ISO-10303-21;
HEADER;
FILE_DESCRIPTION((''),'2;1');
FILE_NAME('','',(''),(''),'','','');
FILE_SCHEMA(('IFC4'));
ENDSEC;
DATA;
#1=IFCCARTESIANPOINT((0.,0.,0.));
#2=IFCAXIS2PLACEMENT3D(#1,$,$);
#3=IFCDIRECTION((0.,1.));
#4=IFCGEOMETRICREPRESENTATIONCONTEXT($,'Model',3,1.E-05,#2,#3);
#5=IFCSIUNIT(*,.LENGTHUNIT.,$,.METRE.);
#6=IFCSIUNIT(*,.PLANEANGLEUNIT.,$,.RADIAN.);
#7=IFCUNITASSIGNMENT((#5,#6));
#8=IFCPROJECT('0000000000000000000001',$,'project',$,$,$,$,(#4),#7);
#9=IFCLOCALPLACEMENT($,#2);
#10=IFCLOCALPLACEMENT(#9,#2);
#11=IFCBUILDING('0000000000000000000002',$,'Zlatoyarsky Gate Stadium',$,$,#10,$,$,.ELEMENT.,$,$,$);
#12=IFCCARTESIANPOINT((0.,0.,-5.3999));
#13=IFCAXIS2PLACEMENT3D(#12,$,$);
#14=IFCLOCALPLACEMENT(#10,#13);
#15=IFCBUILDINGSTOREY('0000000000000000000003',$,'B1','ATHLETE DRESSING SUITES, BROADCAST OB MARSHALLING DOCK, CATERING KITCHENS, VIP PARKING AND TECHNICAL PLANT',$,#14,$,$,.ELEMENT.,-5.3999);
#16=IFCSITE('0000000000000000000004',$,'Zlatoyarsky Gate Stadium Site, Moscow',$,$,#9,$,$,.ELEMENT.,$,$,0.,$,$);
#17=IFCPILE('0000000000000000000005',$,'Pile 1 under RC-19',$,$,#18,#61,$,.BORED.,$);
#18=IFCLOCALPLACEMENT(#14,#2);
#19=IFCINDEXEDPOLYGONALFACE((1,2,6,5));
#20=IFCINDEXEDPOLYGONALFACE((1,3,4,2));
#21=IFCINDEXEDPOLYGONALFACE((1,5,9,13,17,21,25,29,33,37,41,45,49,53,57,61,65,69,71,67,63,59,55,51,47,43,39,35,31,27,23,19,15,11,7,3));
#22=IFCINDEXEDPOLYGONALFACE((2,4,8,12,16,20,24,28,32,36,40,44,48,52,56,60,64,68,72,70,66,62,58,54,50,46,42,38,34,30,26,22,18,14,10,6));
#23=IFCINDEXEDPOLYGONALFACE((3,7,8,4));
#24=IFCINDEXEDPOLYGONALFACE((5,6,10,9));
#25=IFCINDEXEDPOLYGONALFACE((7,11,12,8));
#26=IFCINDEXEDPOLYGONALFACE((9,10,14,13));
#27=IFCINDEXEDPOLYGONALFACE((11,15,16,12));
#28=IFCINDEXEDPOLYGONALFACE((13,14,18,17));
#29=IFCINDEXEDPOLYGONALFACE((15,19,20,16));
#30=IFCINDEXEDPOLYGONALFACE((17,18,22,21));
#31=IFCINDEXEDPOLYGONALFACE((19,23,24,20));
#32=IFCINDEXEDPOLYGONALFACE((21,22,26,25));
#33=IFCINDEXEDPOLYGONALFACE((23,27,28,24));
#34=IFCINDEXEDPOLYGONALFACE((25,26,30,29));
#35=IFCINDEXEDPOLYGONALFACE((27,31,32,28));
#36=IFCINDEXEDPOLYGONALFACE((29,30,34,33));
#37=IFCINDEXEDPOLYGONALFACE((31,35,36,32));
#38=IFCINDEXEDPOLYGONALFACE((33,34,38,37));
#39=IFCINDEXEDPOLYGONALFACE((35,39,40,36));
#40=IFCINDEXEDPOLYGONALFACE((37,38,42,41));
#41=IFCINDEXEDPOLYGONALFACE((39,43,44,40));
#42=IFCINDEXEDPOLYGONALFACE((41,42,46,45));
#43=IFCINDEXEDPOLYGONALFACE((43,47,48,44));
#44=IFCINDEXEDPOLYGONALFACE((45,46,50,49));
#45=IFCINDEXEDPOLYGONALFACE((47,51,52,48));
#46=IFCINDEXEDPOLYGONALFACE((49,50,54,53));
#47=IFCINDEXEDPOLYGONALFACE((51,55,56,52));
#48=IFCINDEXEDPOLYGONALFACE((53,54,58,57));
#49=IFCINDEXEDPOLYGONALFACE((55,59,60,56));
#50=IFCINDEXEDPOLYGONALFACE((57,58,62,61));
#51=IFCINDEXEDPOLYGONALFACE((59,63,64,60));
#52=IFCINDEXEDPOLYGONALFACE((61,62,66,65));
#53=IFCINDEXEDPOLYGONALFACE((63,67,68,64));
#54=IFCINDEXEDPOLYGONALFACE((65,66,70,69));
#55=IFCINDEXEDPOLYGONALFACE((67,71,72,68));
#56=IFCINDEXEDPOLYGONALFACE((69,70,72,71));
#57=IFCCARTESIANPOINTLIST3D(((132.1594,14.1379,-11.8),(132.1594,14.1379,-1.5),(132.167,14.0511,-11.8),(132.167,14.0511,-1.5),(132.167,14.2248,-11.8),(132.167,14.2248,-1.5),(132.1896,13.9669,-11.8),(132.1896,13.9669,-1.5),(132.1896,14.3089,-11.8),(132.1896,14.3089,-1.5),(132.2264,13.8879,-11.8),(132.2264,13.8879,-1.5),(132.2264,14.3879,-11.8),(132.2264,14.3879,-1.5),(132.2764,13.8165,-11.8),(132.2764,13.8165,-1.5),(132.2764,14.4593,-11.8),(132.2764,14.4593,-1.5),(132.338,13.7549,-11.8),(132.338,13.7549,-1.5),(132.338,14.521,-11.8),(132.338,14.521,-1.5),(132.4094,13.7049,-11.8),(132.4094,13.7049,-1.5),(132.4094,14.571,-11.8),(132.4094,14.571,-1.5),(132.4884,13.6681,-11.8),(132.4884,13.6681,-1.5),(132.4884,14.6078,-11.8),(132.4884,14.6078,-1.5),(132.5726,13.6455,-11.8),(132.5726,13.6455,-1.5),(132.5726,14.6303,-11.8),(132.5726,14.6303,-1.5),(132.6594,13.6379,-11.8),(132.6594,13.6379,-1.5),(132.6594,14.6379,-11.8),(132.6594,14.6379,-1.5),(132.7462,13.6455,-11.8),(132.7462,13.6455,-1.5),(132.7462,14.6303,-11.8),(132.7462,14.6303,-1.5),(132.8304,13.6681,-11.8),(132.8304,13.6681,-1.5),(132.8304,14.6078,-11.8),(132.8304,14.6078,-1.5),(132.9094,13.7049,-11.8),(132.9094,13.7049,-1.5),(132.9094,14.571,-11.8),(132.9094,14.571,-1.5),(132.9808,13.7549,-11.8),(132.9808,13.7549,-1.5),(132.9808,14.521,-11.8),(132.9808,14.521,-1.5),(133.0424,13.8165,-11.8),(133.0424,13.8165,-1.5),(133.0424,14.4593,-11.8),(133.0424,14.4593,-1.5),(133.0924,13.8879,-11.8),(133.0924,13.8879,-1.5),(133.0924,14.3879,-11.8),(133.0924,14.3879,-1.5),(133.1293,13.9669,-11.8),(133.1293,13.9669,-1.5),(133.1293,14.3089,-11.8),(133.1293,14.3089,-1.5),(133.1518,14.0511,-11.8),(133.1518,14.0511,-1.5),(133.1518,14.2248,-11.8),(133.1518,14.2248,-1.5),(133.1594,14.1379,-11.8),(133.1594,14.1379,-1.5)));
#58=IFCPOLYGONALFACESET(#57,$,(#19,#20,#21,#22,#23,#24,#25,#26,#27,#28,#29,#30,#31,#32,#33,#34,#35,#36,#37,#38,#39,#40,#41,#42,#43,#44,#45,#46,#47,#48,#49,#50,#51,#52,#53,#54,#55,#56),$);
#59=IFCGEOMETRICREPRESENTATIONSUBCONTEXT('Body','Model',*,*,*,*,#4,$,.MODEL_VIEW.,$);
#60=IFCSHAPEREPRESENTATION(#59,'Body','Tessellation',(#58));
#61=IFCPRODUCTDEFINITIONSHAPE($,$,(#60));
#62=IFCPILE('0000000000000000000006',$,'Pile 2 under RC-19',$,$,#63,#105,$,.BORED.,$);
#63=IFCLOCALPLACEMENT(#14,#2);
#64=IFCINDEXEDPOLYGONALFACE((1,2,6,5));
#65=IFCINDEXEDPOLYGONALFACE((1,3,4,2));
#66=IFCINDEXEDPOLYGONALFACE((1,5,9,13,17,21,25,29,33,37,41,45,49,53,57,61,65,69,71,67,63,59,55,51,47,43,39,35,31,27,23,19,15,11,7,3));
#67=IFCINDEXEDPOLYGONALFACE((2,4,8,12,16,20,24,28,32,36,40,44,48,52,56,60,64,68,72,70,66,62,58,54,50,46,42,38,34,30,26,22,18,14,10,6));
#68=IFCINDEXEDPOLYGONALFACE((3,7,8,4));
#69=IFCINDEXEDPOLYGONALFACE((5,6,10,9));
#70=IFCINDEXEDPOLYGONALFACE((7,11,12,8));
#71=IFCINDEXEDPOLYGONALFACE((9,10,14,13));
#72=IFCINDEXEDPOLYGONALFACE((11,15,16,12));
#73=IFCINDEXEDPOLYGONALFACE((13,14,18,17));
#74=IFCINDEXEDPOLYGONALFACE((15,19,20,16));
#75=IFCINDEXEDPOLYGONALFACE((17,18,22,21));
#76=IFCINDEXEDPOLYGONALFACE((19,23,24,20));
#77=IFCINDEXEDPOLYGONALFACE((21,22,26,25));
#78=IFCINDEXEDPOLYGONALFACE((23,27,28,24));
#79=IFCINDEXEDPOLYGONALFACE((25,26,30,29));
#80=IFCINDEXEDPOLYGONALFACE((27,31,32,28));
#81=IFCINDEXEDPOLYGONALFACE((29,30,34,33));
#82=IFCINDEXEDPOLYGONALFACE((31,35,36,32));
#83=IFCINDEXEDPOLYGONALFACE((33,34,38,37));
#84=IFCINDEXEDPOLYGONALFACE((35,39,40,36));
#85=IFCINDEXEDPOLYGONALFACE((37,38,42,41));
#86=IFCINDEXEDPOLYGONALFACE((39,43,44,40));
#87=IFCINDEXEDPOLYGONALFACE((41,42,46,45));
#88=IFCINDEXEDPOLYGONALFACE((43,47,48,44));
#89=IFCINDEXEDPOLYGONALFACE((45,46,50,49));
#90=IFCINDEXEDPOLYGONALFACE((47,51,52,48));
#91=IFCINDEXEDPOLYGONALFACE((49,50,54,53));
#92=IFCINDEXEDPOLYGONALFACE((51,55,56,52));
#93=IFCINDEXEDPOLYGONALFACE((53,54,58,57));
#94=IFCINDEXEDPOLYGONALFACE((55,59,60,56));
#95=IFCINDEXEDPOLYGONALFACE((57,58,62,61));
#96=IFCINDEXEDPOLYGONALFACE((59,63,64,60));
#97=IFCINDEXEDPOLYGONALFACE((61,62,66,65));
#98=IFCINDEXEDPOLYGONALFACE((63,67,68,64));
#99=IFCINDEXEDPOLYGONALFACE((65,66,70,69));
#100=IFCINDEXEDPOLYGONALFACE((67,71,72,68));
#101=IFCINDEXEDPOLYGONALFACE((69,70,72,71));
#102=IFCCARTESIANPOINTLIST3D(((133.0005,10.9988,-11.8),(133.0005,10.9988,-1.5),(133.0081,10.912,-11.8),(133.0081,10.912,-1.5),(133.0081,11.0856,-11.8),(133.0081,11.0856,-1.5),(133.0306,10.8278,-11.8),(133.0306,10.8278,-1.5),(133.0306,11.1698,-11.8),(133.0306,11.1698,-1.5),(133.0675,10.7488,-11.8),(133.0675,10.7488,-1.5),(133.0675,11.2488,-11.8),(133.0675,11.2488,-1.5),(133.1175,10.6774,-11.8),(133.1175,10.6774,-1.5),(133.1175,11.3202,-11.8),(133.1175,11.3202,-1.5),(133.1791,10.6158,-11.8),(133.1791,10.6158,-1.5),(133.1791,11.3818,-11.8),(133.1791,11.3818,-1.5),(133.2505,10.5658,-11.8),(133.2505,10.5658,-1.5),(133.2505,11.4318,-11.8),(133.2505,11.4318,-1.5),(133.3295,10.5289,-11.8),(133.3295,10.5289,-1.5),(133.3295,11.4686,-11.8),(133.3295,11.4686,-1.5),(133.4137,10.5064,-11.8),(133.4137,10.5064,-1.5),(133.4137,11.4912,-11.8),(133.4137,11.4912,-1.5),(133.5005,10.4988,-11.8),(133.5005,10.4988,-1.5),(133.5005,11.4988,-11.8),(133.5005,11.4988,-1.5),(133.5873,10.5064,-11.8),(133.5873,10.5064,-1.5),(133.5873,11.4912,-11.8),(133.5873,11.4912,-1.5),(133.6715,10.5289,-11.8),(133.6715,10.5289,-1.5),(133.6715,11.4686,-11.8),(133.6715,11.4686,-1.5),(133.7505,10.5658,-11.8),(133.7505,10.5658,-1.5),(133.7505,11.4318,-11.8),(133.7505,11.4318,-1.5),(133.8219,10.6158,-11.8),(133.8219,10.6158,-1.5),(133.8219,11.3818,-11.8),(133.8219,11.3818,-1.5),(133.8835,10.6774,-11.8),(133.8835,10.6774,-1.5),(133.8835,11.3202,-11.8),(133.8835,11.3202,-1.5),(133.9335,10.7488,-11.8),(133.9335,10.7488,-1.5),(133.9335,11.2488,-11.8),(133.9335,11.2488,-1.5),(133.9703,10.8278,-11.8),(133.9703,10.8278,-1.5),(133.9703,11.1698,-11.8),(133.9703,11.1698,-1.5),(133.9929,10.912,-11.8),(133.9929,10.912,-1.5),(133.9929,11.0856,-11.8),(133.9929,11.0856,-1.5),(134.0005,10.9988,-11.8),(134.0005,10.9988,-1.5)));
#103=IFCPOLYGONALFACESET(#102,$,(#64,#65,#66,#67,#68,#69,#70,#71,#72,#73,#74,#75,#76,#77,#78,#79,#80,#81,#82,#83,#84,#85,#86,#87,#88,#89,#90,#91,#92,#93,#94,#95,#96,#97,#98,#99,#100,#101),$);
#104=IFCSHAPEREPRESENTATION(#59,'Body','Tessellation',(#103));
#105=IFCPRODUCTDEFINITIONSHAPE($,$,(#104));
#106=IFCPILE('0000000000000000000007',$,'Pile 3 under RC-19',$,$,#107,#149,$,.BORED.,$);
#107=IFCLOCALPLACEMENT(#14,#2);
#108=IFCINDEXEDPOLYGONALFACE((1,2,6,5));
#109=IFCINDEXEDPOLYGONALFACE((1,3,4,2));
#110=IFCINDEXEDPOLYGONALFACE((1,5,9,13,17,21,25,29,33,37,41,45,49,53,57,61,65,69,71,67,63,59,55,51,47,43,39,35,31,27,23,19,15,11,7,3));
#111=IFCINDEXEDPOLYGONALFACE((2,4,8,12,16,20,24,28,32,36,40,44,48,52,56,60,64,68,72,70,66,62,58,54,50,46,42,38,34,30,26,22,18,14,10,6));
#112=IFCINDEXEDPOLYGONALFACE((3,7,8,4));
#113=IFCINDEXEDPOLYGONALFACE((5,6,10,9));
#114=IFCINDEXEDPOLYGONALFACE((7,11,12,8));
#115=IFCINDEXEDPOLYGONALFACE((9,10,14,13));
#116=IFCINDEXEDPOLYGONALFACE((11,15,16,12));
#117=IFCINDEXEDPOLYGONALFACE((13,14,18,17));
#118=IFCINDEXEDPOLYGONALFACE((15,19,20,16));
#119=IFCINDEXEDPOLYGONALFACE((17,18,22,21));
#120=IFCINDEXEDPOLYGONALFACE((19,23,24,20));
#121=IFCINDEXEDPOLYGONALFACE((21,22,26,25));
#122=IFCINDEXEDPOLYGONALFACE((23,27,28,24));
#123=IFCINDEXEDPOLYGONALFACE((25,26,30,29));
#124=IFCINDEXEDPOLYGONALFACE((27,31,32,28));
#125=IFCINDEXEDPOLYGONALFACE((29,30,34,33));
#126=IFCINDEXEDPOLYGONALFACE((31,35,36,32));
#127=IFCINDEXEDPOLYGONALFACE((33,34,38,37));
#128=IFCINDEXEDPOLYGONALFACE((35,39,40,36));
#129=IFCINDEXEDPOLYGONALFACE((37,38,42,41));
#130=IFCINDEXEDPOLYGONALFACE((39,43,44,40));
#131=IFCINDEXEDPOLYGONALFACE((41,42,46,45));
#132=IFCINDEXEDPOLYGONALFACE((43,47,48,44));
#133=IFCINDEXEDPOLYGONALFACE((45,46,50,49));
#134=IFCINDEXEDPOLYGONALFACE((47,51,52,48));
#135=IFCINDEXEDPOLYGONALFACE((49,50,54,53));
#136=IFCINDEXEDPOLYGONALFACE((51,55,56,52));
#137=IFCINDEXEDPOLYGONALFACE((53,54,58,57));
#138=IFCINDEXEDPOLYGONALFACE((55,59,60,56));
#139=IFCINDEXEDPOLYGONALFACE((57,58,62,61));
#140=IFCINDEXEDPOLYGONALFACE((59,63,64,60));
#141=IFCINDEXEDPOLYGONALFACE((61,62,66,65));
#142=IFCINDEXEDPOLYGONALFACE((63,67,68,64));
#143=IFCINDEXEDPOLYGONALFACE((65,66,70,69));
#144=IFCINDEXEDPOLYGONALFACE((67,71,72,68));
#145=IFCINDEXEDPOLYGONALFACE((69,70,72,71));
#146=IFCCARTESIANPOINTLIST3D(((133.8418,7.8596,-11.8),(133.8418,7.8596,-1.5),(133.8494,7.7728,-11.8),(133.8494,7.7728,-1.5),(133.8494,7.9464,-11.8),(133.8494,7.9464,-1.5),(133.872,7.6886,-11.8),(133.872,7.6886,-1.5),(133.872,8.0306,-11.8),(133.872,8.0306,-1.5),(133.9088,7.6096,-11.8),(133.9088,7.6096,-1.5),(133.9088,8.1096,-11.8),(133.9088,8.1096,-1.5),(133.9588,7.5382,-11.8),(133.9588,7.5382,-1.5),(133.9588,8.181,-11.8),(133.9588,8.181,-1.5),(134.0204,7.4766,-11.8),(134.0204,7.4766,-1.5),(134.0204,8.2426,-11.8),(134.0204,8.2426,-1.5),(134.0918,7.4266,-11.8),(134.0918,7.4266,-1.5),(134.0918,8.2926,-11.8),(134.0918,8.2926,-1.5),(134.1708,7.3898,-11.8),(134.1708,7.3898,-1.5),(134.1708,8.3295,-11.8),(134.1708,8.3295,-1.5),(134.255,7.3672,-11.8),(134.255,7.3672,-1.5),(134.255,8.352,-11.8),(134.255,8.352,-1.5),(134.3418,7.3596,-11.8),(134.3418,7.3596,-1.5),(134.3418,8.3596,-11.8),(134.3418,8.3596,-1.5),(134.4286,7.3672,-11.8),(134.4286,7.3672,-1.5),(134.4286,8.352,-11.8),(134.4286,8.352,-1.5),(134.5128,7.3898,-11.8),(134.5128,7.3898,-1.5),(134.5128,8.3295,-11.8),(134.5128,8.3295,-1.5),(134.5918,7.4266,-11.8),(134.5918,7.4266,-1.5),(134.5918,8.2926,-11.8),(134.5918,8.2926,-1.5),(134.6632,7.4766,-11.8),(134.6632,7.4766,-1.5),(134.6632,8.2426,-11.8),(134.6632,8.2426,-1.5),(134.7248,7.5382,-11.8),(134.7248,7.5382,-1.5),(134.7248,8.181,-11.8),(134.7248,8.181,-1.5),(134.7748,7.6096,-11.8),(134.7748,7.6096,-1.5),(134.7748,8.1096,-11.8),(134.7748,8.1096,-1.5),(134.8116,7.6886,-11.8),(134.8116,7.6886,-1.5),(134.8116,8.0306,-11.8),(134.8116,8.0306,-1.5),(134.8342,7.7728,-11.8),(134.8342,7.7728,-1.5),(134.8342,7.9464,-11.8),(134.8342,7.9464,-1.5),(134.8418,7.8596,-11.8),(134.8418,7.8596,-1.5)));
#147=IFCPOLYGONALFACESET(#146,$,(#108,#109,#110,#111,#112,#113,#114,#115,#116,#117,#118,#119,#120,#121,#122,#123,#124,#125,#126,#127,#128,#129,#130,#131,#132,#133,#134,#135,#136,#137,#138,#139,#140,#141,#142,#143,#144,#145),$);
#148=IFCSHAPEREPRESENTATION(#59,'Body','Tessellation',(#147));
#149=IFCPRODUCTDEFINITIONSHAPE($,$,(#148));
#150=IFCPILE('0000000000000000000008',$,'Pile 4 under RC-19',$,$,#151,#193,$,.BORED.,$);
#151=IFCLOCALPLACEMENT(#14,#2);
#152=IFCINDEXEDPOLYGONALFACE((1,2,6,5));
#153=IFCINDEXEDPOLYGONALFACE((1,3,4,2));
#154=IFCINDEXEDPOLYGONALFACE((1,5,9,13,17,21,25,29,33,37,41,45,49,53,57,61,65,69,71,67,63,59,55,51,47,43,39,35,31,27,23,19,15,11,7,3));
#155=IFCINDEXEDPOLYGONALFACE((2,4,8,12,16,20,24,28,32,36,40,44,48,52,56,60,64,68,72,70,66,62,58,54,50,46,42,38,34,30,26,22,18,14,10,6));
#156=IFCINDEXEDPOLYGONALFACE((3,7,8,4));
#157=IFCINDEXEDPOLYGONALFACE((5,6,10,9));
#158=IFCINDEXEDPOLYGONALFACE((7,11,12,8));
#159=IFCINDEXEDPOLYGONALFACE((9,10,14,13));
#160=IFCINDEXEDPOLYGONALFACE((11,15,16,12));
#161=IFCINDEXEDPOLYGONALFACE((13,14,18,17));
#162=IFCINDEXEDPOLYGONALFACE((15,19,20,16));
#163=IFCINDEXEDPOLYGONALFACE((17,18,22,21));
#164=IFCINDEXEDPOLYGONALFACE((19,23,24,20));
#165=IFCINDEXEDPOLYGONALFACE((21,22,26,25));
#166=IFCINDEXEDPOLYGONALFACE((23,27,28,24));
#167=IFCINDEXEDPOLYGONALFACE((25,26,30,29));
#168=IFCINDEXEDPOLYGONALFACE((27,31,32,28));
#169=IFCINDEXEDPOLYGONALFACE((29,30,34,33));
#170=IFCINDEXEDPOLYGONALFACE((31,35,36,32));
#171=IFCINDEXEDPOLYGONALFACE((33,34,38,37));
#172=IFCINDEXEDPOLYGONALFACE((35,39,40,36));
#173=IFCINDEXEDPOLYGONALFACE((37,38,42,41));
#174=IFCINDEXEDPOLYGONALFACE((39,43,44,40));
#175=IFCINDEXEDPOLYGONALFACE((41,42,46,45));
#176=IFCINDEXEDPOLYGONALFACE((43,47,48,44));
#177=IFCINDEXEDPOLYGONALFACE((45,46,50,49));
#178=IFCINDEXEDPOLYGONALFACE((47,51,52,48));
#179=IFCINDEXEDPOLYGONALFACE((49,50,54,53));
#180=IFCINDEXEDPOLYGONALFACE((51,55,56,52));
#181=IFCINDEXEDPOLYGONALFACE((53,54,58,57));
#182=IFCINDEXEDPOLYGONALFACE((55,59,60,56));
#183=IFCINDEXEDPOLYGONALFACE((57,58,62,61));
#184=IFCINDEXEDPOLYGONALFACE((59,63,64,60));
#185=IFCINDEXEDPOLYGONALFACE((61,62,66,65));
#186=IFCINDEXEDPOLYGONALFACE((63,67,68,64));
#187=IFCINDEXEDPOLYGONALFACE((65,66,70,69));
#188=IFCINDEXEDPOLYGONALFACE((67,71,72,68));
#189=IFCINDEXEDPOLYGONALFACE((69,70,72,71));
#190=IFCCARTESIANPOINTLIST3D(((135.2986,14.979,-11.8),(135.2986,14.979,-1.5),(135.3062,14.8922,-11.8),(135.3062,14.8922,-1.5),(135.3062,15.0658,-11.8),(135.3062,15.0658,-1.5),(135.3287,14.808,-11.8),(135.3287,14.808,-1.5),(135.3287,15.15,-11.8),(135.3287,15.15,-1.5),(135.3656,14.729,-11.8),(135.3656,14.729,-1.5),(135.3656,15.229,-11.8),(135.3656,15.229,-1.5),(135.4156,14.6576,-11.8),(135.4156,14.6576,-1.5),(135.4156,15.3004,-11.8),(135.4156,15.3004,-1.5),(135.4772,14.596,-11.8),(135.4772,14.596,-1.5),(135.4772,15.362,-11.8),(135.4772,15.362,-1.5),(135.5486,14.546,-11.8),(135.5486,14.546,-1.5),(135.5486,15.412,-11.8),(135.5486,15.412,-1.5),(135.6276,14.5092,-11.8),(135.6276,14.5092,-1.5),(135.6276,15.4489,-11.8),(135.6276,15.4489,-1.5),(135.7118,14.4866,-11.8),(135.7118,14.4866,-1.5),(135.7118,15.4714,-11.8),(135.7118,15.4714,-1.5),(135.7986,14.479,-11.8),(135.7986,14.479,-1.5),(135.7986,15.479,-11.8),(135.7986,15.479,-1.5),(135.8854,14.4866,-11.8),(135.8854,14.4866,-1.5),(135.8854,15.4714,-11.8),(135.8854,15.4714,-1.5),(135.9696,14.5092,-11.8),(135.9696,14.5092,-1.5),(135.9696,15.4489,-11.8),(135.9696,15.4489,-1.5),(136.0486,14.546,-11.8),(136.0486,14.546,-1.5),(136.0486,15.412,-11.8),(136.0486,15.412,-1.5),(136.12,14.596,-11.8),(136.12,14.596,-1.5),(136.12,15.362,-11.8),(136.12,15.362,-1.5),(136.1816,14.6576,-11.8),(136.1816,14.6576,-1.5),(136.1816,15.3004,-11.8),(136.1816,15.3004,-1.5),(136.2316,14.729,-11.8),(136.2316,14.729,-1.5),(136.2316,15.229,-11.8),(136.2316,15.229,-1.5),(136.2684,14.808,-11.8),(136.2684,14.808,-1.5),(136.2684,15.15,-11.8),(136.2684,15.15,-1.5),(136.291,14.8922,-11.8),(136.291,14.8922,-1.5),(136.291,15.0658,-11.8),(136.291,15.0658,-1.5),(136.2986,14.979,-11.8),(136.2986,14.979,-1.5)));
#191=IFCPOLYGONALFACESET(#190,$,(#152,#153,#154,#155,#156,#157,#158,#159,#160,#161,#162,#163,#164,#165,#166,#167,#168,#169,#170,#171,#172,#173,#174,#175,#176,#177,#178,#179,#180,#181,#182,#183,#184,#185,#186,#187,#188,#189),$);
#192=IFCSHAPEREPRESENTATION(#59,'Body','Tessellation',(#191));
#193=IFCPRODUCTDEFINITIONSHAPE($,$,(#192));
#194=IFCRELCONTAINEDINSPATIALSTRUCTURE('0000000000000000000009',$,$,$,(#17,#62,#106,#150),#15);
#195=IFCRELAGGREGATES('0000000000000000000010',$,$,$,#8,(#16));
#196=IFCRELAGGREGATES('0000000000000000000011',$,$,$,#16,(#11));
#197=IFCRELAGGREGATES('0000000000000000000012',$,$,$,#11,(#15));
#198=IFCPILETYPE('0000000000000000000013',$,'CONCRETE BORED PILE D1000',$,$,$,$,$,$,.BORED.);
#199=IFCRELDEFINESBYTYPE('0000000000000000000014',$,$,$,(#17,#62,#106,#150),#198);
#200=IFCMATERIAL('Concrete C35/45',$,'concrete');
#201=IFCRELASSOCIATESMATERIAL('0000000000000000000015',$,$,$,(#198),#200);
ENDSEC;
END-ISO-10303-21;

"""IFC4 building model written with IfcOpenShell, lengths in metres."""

from ifc_helpers import new_model, si_unit, direction, frame, origin, origin_2d, place, context, subcontext, project, spatial, circle, extrude, material, material_profile, profile_set, type_object, element, save


model = new_model("IFC4")

# Units and contexts
model_context = context("Model", 3, precision=1e-05, world=origin(), true_north=direction((0.0, 1.0)))
body_context = subcontext(model_context, "Body", "Model", "MODEL_VIEW")
ifc_project = project(units=[si_unit("LENGTHUNIT", "METRE"), si_unit("PLANEANGLEUNIT", "RADIAN")], contexts=[model_context])

# Site, building, storey
site_placement = place(None, origin())
site = spatial("IfcSite", under=ifc_project, at=site_placement, Name="Zlatoyarsky Gate Stadium Site, Moscow", CompositionType="ELEMENT", RefElevation=0.0)
building_placement = place(site_placement, origin())
building = spatial("IfcBuilding", under=site, at=building_placement, Name="Zlatoyarsky Gate Stadium", CompositionType="ELEMENT")
storey_placement = place(building_placement, frame((0.0, 0.0, -5.3999)))
storey = spatial("IfcBuildingStorey", under=building, at=storey_placement, Name="B1", Description="ATHLETE DRESSING SUITES, BROADCAST OB MARSHALLING DOCK, CATERING KITCHENS, VIP PARKING AND TECHNICAL PLANT", CompositionType="ELEMENT", Elevation=-5.3999)

# Piles
ifc_material_1 = material(Name="Concrete C35/45", Category="concrete")
ifc_material_profile_1 = material_profile(ifc_material_1, circle(Radius=0.5, at=origin_2d()), Name="BORED PILE D1000")
ifc_profile_set_1 = profile_set([ifc_material_profile_1], Name="Concrete C35/45")
pile_type_1 = type_object("IfcPileType", Name="CONCRETE BORED PILE D1000", PredefinedType="BORED", material=ifc_profile_set_1)
for number, where, z_axis, x_axis, name in (
    (1, (132.6594, 14.1379, -1.5), (0.0, 0.0, -1.0), (1.0, 0.0, 0.0), "Pile 1 under RC-19"),
    (2, (133.5005, 10.9988, -1.5), (0.0, 0.0, -1.0), (1.0, 0.0, 0.0), "Pile 2 under RC-19"),
    (3, (134.3418, 7.8596, -1.5), (0.0, 0.0, -1.0), (1.0, 0.0, 0.0), "Pile 3 under RC-19"),
    (4, (135.7986, 14.979, -1.5), (0.0, 0.0, -1.0), (1.0, 0.0, 0.0), "Pile 4 under RC-19"),
):
    element("IfcPile", number, at=place(storey_placement, frame(where, z_axis=z_axis, x_axis=x_axis)), inside=storey, type_object=pile_type_1, Name=name, PredefinedType="BORED", context=body_context, shape_type="SweptSolid", body=[
        extrude(circle(Radius=0.5, at=origin_2d()), origin(), (0.0, 0.0, 1.0), 10.3),
    ])

save(model, "model.ifc")
